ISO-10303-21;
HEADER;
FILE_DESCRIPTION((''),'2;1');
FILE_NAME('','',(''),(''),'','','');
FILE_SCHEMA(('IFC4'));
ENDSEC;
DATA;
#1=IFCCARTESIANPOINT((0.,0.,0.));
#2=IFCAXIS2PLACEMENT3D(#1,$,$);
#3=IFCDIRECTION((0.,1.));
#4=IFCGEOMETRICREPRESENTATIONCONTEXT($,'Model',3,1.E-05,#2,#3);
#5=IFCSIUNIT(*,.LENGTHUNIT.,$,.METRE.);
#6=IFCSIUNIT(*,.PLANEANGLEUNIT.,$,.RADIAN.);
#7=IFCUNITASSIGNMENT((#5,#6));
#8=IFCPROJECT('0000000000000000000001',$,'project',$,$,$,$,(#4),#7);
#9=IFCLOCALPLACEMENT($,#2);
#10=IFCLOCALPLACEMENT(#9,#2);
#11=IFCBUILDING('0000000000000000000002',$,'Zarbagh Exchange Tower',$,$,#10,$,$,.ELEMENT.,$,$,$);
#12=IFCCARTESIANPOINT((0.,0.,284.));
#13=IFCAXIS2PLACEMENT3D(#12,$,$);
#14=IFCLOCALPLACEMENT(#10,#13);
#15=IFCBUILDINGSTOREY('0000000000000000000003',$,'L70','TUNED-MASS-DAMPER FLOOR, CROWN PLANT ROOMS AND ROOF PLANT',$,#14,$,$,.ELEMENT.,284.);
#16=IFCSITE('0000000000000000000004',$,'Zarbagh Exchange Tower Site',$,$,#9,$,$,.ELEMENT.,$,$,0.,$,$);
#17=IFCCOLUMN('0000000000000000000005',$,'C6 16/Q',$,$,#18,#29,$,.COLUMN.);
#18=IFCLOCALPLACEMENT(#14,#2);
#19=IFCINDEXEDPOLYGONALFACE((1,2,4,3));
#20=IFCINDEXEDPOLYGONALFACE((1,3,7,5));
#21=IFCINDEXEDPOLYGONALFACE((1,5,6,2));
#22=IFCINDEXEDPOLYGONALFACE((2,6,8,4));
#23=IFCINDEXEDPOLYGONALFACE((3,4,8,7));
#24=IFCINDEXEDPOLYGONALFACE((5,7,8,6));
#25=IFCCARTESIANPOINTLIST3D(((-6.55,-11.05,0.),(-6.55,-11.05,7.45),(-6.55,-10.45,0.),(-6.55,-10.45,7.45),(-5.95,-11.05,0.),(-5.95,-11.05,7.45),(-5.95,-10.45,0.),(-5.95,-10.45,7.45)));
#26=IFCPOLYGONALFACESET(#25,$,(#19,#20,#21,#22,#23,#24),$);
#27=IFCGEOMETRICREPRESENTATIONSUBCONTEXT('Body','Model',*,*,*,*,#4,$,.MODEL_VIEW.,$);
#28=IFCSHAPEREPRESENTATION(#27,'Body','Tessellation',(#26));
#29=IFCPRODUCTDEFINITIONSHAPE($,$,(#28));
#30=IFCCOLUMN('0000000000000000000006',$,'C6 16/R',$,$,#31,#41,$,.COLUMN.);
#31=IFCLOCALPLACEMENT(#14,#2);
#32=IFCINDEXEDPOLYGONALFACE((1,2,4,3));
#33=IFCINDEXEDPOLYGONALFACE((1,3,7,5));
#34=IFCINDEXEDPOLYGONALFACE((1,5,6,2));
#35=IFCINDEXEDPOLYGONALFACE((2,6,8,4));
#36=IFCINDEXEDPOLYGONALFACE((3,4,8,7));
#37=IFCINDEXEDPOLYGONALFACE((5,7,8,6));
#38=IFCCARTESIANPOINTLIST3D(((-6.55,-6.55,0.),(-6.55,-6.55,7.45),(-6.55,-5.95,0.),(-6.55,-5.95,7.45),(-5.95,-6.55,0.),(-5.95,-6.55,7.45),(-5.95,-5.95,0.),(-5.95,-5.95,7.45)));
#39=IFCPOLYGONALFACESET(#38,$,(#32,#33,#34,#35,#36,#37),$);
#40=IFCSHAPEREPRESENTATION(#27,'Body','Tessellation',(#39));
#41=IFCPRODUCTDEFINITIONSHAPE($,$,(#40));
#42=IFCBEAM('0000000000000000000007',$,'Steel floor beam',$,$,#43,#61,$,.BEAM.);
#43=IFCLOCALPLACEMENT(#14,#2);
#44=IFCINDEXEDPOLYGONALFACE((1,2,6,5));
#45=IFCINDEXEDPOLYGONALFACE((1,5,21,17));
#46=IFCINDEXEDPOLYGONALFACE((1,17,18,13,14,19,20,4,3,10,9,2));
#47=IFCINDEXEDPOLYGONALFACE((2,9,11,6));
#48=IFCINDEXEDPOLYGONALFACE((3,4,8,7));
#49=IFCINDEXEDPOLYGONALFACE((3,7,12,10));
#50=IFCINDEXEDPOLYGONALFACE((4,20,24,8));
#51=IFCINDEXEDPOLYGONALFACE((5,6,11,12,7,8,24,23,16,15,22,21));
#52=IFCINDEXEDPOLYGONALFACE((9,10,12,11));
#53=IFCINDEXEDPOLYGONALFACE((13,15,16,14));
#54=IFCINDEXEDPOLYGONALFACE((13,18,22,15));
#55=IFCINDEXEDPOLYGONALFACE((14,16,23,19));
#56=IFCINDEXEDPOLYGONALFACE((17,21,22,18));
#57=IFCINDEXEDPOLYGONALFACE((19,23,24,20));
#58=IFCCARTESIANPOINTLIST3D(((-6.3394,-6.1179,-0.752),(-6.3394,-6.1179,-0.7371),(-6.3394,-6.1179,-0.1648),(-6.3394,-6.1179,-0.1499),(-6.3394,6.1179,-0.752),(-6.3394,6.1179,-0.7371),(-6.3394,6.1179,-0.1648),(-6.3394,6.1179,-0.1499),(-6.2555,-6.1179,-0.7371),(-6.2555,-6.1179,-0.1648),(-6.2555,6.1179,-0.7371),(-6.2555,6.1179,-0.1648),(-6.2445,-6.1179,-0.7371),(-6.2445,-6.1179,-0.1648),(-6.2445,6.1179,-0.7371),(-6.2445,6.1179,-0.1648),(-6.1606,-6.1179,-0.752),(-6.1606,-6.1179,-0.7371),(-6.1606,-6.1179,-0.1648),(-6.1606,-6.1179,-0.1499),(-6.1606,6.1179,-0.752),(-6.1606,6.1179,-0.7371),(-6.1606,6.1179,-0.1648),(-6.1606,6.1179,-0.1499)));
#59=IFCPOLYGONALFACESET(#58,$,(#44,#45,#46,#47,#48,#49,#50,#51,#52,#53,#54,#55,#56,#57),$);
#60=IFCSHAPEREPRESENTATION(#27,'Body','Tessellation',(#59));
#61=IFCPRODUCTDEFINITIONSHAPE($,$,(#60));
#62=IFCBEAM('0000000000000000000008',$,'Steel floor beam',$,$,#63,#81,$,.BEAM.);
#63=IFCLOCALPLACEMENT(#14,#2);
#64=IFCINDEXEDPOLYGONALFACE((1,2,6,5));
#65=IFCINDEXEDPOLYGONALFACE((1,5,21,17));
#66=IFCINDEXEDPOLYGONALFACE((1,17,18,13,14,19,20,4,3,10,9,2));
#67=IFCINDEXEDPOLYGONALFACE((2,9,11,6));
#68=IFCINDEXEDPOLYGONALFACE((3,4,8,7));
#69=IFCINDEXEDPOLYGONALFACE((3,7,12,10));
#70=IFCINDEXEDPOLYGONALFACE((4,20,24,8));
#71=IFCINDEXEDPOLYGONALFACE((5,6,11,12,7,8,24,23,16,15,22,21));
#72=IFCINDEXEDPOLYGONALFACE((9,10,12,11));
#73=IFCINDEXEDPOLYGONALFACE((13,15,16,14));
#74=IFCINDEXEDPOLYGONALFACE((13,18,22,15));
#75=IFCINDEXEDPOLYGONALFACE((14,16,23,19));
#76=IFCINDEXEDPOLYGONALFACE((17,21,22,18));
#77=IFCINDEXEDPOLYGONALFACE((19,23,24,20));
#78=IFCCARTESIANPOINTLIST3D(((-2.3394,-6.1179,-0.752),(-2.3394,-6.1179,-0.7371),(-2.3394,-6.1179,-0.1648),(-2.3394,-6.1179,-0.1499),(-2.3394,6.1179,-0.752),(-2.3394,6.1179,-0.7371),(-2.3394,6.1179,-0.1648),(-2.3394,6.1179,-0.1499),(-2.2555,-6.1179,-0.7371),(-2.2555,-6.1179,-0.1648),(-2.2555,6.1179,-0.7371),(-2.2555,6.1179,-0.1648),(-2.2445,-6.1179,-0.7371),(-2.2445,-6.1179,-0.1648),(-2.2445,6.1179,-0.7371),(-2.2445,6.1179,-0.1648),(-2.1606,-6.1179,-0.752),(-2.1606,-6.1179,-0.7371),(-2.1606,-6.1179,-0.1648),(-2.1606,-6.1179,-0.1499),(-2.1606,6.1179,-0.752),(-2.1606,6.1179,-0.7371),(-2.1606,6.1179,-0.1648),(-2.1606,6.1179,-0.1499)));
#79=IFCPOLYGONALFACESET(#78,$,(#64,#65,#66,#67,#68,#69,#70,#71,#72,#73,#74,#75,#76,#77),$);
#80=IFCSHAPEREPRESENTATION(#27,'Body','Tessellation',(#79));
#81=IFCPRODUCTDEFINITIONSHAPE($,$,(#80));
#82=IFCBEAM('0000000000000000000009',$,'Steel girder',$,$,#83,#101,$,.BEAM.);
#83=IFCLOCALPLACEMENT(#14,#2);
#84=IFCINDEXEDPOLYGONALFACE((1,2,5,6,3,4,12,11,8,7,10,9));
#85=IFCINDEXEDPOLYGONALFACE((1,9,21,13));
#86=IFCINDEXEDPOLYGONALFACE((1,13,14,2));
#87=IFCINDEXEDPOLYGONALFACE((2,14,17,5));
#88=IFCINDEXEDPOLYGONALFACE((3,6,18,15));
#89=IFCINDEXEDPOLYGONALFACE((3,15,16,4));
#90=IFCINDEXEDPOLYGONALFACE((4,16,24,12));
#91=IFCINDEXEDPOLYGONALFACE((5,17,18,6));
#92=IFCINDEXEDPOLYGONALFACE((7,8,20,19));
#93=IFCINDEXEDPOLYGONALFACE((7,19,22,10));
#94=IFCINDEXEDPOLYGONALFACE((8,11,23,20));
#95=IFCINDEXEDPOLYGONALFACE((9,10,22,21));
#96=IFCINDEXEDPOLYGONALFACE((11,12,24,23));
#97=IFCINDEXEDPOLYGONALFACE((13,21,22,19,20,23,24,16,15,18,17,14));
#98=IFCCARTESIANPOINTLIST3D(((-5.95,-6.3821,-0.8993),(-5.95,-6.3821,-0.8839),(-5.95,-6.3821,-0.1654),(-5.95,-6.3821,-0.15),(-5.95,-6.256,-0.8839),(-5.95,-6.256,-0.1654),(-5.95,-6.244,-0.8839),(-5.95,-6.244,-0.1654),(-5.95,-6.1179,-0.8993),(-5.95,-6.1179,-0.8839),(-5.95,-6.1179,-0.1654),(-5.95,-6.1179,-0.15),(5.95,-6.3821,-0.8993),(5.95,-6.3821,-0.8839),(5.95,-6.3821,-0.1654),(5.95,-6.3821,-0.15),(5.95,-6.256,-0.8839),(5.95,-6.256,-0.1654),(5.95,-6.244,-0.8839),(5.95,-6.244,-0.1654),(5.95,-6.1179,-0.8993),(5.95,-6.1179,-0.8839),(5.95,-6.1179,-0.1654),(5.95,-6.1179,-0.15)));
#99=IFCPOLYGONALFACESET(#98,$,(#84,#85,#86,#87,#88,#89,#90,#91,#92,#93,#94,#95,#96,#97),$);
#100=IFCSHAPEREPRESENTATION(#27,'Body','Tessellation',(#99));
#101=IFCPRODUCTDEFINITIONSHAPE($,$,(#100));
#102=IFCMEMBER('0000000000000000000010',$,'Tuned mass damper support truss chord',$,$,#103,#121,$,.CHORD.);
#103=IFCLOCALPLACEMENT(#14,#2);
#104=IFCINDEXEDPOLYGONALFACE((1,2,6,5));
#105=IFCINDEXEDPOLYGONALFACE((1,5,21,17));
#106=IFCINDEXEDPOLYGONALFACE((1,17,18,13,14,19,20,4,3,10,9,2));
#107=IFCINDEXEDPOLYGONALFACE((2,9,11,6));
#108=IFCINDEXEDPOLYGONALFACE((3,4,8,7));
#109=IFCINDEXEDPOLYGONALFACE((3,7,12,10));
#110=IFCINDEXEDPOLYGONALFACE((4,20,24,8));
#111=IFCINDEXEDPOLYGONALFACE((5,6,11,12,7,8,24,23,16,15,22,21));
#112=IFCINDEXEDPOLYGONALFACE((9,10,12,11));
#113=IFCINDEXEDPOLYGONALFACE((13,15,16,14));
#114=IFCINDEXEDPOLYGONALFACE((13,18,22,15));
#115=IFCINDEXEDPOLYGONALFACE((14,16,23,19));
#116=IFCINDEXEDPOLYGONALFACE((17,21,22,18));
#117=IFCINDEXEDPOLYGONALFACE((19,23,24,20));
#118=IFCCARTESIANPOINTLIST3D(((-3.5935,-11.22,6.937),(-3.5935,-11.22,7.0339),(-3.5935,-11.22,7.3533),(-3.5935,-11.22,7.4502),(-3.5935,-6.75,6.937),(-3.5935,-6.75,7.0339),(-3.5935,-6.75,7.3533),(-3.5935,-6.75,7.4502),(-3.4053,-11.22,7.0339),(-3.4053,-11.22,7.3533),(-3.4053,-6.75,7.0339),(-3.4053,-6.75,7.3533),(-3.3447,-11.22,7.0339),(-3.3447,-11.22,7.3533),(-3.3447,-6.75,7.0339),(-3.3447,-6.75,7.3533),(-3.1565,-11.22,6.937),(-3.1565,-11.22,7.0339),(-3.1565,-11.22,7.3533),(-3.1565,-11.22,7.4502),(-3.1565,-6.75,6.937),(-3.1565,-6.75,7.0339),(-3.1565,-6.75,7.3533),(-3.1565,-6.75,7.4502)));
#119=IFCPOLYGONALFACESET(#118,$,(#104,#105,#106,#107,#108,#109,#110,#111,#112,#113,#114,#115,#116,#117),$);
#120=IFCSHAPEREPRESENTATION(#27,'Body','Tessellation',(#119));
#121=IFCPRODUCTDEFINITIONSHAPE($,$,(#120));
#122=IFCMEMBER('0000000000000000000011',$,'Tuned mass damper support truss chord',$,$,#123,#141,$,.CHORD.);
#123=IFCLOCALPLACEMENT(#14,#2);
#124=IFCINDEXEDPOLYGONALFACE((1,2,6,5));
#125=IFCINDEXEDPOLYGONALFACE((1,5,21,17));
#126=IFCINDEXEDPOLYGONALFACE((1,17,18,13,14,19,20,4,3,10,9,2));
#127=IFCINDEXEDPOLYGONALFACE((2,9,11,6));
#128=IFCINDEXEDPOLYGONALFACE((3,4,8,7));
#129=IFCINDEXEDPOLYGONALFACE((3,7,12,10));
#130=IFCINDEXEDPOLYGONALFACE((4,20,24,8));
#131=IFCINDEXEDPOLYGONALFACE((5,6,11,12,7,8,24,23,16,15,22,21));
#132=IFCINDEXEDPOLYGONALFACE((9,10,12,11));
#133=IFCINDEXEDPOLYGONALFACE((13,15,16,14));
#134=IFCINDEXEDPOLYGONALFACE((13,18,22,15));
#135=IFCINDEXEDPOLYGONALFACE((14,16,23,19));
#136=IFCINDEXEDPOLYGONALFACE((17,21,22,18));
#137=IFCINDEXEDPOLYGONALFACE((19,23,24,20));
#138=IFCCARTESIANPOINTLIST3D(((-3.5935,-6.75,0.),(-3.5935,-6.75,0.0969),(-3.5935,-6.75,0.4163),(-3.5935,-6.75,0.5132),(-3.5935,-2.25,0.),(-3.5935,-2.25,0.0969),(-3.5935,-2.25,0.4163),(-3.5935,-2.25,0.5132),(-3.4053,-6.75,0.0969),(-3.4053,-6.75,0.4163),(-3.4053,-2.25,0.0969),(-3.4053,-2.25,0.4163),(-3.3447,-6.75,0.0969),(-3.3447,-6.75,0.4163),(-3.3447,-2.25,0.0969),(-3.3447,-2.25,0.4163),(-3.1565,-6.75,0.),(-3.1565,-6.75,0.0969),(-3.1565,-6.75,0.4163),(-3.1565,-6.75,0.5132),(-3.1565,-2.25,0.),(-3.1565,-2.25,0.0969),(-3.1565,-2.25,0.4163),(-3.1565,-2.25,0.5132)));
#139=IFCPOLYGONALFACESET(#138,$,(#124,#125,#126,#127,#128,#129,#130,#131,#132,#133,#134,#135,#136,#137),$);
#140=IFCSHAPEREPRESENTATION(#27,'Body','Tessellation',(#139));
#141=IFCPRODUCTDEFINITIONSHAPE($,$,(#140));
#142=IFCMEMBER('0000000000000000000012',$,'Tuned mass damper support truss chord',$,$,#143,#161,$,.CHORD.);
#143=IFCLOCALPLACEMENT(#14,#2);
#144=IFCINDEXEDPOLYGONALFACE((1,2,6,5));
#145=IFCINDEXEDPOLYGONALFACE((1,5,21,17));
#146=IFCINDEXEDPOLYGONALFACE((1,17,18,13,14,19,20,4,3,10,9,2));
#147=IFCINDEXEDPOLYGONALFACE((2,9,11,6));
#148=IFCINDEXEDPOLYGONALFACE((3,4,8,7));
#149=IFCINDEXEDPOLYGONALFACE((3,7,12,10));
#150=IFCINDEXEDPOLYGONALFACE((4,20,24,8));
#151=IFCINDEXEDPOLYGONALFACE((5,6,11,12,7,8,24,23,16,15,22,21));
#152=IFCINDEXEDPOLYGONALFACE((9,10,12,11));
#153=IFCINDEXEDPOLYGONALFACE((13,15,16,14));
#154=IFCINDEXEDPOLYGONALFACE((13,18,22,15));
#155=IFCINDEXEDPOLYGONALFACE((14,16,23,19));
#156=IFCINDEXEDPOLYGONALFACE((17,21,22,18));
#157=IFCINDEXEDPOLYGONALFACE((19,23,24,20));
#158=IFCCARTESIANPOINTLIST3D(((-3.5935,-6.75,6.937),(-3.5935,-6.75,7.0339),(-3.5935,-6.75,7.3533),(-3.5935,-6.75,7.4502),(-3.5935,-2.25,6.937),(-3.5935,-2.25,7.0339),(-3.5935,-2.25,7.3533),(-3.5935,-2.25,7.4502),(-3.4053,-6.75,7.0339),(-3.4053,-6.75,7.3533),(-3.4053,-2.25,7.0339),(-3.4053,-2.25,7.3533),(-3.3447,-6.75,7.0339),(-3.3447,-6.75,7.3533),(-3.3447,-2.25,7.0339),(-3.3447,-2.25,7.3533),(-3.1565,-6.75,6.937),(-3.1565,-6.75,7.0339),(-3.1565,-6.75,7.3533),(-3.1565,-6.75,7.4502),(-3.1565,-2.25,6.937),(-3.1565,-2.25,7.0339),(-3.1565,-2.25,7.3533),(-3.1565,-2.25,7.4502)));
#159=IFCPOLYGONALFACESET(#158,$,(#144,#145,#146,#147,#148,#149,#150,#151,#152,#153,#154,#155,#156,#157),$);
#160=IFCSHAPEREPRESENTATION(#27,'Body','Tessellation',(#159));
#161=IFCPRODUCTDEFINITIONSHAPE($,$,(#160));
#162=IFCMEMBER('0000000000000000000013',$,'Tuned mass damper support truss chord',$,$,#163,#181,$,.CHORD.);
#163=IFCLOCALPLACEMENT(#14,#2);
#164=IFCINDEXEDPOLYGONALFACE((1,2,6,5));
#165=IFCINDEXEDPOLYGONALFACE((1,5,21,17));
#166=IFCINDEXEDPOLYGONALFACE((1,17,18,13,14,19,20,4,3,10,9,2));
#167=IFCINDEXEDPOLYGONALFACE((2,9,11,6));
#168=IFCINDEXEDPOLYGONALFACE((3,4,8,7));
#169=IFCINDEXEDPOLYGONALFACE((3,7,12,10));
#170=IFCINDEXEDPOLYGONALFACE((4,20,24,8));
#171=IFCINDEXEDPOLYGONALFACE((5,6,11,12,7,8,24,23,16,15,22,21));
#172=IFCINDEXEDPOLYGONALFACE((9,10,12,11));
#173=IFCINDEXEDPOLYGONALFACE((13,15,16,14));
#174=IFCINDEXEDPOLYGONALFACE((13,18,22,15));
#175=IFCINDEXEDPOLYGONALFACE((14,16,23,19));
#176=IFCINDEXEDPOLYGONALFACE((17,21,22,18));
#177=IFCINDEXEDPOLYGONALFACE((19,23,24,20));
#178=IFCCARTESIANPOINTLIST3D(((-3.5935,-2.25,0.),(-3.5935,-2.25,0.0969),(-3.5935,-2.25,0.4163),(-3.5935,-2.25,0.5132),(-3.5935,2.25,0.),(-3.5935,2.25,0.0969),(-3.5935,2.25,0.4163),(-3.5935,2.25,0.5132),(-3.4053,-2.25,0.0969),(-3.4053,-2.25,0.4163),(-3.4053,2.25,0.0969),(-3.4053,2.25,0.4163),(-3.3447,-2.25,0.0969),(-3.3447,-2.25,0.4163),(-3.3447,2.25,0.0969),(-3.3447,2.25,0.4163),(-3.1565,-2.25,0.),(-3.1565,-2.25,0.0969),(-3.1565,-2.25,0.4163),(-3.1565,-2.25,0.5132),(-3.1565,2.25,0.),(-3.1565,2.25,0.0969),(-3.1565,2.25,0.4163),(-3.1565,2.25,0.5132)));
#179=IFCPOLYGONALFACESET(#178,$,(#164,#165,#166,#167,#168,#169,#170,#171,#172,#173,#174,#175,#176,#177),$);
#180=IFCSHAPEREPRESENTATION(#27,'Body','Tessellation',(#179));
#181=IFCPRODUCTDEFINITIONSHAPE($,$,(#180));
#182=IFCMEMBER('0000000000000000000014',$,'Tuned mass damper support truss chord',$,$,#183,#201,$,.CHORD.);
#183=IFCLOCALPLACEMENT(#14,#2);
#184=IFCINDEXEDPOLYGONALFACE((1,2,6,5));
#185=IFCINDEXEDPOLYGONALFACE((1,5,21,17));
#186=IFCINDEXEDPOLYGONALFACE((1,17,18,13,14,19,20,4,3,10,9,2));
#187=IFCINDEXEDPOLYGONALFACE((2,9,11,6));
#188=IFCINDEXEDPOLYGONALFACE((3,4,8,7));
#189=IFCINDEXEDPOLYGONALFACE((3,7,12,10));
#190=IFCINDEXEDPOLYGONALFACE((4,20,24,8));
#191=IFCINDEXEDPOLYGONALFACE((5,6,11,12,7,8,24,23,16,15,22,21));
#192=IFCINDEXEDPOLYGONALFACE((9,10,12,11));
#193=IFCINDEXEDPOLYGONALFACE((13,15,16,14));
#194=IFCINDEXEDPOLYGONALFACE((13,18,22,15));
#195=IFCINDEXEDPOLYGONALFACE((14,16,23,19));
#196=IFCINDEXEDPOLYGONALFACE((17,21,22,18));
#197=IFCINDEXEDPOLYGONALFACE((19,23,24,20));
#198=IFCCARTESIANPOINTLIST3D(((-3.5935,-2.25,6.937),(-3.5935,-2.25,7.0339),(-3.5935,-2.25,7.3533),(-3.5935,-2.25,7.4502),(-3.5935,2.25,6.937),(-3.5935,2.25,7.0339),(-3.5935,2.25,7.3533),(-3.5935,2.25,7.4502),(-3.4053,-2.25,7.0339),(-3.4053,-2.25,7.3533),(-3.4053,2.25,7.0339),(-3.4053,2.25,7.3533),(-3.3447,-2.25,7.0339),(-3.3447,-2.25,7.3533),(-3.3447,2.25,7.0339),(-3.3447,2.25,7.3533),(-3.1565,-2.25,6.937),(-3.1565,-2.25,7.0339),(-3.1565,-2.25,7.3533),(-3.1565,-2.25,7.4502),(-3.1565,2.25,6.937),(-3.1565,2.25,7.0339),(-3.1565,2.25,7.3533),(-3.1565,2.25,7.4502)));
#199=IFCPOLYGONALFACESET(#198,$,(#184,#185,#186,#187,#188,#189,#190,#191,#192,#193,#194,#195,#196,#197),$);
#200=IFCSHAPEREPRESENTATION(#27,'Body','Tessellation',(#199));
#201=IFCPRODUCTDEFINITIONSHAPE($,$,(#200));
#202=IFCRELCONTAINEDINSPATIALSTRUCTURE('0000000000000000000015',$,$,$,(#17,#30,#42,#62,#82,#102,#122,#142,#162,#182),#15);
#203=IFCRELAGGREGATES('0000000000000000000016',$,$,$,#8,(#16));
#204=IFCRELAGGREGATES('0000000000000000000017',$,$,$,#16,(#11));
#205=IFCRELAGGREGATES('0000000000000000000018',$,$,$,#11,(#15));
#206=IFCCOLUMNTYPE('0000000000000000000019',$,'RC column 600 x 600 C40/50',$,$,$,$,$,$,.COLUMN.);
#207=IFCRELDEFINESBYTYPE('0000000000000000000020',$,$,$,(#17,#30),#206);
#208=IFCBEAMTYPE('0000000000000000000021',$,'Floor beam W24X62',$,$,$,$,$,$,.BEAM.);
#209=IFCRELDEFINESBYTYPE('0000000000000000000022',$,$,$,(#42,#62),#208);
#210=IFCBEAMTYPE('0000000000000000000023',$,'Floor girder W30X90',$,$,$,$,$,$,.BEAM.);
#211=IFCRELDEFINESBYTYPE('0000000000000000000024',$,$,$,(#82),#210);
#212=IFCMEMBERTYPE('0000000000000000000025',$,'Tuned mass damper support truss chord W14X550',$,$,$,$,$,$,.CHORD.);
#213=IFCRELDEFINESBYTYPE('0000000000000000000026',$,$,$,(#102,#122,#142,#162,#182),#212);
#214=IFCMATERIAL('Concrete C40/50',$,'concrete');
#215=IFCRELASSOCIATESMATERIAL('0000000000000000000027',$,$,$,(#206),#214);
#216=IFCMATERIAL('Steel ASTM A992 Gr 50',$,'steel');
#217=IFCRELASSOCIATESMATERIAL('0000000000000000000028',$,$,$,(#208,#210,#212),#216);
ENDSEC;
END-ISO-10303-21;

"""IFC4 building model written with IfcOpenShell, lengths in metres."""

from ifc_helpers import new_model, si_unit, direction, frame, origin, origin_2d, place, context, subcontext, project, spatial, rectangle, i_section, extrude, material, material_profile, profile_set, type_object, element, save


model = new_model("IFC4")

# Units and contexts
model_context = context("Model", 3, precision=1e-05, world=origin(), true_north=direction((0.0, 1.0)))
body_context = subcontext(model_context, "Body", "Model", "MODEL_VIEW")
ifc_project = project(units=[si_unit("LENGTHUNIT", "METRE"), si_unit("PLANEANGLEUNIT", "RADIAN")], contexts=[model_context])

# Site, building, storey
site_placement = place(None, origin())
site = spatial("IfcSite", under=ifc_project, at=site_placement, Name="Zarbagh Exchange Tower Site", CompositionType="ELEMENT", RefElevation=0.0)
building_placement = place(site_placement, origin())
building = spatial("IfcBuilding", under=site, at=building_placement, Name="Zarbagh Exchange Tower", CompositionType="ELEMENT")
storey_placement = place(building_placement, frame((0.0, 0.0, 284.0)))
storey = spatial("IfcBuildingStorey", under=building, at=storey_placement, Name="L70", Description="TUNED-MASS-DAMPER FLOOR, CROWN PLANT ROOMS AND ROOF PLANT", CompositionType="ELEMENT", Elevation=284.0)

# Columns
ifc_material_1 = material(Name="Concrete C40/50", Category="concrete")
ifc_material_profile_1 = material_profile(ifc_material_1, rectangle(XDim=0.6001, YDim=0.6001, at=origin_2d()), Name="RC column 600 x 600 C40/50")
ifc_profile_set_1 = profile_set([ifc_material_profile_1], Name="Concrete C40/50")
column_type = type_object("IfcColumnType", Name="RC column 600 x 600 C40/50", PredefinedType="COLUMN", material=ifc_profile_set_1)
for number, where, z_axis, x_axis, name in (
    (1, (-6.25, -10.75, 0.0), (0.0, 0.0, 1.0), (1.0, 0.0, 0.0), "C6 16/Q"),
    (2, (-6.25, -6.25, 0.0), (0.0, 0.0, 1.0), (1.0, 0.0, 0.0), "C6 16/R"),
):
    element("IfcColumn", number, at=place(storey_placement, frame(where, z_axis=z_axis, x_axis=x_axis)), inside=storey, type_object=column_type, Name=name, PredefinedType="COLUMN", context=body_context, shape_type="SweptSolid", body=[
        extrude(rectangle(XDim=0.6001, YDim=0.6001, at=origin_2d()), origin(), (0.0, 0.0, 1.0), 7.45),
    ])

# Beams
ifc_material_2 = material(Name="Steel ASTM A992 Gr 50", Category="steel")
ifc_material_profile_2 = material_profile(ifc_material_2, i_section(OverallWidth=0.1787, OverallDepth=0.6021, WebThickness=0.011, FlangeThickness=0.0149, at=origin_2d()), Name="W24X62")
ifc_profile_set_2 = profile_set([ifc_material_profile_2], Name="Steel ASTM A992 Gr 50")
beam_type_1 = type_object("IfcBeamType", Name="Floor beam W24X62", PredefinedType="BEAM", material=ifc_profile_set_2)
for number, where, z_axis, x_axis, name in (
    (3, (-6.25, -6.1179, -0.4509), (0.0, 1.0, 0.0), (-1.0, 0.0, 0.0), "Steel floor beam"),
    (4, (-2.25, -6.1179, -0.4509), (0.0, 1.0, 0.0), (-1.0, 0.0, 0.0), "Steel floor beam"),
):
    element("IfcBeam", number, at=place(storey_placement, frame(where, z_axis=z_axis, x_axis=x_axis)), inside=storey, type_object=beam_type_1, Name=name, PredefinedType="BEAM", context=body_context, shape_type="SweptSolid", body=[
        extrude(i_section(OverallWidth=0.1787, OverallDepth=0.6021, WebThickness=0.011, FlangeThickness=0.0149, at=origin_2d()), origin(), (0.0, 0.0, 1.0), 12.2358),
    ])
ifc_material_profile_3 = material_profile(ifc_material_2, i_section(OverallWidth=0.2642, OverallDepth=0.7493, WebThickness=0.012, FlangeThickness=0.0154, at=origin_2d()), Name="W30X90")
ifc_profile_set_3 = profile_set([ifc_material_profile_3], Name="Steel ASTM A992 Gr 50")
beam_type_2 = type_object("IfcBeamType", Name="Floor girder W30X90", PredefinedType="BEAM", material=ifc_profile_set_3)
beam_placement = place(storey_placement, frame((-5.95, -6.25, -0.5247), z_axis=(1.0, 0.0, 0.0), x_axis=(0.0, 1.0, 0.0)))
element("IfcBeam", 5, at=beam_placement, inside=storey, type_object=beam_type_2, Name="Steel girder", PredefinedType="BEAM", context=body_context, shape_type="SweptSolid", body=[
    extrude(i_section(OverallWidth=0.2642, OverallDepth=0.7493, WebThickness=0.012, FlangeThickness=0.0154, at=origin_2d()), origin(), (0.0, 0.0, 1.0), 11.8999),
])

# Members
ifc_material_profile_4 = material_profile(ifc_material_2, i_section(OverallWidth=0.437, OverallDepth=0.5132, WebThickness=0.0605, FlangeThickness=0.0969, at=origin_2d()), Name="W14X550")
ifc_profile_set_4 = profile_set([ifc_material_profile_4], Name="Steel ASTM A992 Gr 50")
member_type_1 = type_object("IfcMemberType", Name="Tuned mass damper support truss chord W14X550", PredefinedType="CHORD", material=ifc_profile_set_4)
member_1_placement = place(storey_placement, frame((-3.375, -11.22, 7.1936), z_axis=(0.0, 1.0, 0.0), x_axis=(-1.0, 0.0, 0.0)))
element("IfcMember", 6, at=member_1_placement, inside=storey, type_object=member_type_1, Name="Tuned mass damper support truss chord", PredefinedType="CHORD", context=body_context, shape_type="SweptSolid", body=[
    extrude(i_section(OverallWidth=0.437, OverallDepth=0.5132, WebThickness=0.0605, FlangeThickness=0.0969, at=origin_2d()), origin(), (0.0, 0.0, 1.0), 4.47),
])
for number, where, z_axis, x_axis, name in (
    (7, (-3.375, -6.75, 0.2566), (0.0, 1.0, 0.0), (-1.0, 0.0, 0.0), "Tuned mass damper support truss chord"),
    (8, (-3.375, -6.75, 7.1936), (0.0, 1.0, 0.0), (-1.0, 0.0, 0.0), "Tuned mass damper support truss chord"),
    (9, (-3.375, -2.25, 0.2566), (0.0, 1.0, 0.0), (-1.0, 0.0, 0.0), "Tuned mass damper support truss chord"),
    (10, (-3.375, -2.25, 7.1936), (0.0, 1.0, 0.0), (-1.0, 0.0, 0.0), "Tuned mass damper support truss chord"),
):
    element("IfcMember", number, at=place(storey_placement, frame(where, z_axis=z_axis, x_axis=x_axis)), inside=storey, type_object=member_type_1, Name=name, PredefinedType="CHORD", context=body_context, shape_type="SweptSolid", body=[
        extrude(i_section(OverallWidth=0.437, OverallDepth=0.5132, WebThickness=0.0605, FlangeThickness=0.0969, at=origin_2d()), origin(), (0.0, 0.0, 1.0), 4.5),
    ])

save(model, "model.ifc")
